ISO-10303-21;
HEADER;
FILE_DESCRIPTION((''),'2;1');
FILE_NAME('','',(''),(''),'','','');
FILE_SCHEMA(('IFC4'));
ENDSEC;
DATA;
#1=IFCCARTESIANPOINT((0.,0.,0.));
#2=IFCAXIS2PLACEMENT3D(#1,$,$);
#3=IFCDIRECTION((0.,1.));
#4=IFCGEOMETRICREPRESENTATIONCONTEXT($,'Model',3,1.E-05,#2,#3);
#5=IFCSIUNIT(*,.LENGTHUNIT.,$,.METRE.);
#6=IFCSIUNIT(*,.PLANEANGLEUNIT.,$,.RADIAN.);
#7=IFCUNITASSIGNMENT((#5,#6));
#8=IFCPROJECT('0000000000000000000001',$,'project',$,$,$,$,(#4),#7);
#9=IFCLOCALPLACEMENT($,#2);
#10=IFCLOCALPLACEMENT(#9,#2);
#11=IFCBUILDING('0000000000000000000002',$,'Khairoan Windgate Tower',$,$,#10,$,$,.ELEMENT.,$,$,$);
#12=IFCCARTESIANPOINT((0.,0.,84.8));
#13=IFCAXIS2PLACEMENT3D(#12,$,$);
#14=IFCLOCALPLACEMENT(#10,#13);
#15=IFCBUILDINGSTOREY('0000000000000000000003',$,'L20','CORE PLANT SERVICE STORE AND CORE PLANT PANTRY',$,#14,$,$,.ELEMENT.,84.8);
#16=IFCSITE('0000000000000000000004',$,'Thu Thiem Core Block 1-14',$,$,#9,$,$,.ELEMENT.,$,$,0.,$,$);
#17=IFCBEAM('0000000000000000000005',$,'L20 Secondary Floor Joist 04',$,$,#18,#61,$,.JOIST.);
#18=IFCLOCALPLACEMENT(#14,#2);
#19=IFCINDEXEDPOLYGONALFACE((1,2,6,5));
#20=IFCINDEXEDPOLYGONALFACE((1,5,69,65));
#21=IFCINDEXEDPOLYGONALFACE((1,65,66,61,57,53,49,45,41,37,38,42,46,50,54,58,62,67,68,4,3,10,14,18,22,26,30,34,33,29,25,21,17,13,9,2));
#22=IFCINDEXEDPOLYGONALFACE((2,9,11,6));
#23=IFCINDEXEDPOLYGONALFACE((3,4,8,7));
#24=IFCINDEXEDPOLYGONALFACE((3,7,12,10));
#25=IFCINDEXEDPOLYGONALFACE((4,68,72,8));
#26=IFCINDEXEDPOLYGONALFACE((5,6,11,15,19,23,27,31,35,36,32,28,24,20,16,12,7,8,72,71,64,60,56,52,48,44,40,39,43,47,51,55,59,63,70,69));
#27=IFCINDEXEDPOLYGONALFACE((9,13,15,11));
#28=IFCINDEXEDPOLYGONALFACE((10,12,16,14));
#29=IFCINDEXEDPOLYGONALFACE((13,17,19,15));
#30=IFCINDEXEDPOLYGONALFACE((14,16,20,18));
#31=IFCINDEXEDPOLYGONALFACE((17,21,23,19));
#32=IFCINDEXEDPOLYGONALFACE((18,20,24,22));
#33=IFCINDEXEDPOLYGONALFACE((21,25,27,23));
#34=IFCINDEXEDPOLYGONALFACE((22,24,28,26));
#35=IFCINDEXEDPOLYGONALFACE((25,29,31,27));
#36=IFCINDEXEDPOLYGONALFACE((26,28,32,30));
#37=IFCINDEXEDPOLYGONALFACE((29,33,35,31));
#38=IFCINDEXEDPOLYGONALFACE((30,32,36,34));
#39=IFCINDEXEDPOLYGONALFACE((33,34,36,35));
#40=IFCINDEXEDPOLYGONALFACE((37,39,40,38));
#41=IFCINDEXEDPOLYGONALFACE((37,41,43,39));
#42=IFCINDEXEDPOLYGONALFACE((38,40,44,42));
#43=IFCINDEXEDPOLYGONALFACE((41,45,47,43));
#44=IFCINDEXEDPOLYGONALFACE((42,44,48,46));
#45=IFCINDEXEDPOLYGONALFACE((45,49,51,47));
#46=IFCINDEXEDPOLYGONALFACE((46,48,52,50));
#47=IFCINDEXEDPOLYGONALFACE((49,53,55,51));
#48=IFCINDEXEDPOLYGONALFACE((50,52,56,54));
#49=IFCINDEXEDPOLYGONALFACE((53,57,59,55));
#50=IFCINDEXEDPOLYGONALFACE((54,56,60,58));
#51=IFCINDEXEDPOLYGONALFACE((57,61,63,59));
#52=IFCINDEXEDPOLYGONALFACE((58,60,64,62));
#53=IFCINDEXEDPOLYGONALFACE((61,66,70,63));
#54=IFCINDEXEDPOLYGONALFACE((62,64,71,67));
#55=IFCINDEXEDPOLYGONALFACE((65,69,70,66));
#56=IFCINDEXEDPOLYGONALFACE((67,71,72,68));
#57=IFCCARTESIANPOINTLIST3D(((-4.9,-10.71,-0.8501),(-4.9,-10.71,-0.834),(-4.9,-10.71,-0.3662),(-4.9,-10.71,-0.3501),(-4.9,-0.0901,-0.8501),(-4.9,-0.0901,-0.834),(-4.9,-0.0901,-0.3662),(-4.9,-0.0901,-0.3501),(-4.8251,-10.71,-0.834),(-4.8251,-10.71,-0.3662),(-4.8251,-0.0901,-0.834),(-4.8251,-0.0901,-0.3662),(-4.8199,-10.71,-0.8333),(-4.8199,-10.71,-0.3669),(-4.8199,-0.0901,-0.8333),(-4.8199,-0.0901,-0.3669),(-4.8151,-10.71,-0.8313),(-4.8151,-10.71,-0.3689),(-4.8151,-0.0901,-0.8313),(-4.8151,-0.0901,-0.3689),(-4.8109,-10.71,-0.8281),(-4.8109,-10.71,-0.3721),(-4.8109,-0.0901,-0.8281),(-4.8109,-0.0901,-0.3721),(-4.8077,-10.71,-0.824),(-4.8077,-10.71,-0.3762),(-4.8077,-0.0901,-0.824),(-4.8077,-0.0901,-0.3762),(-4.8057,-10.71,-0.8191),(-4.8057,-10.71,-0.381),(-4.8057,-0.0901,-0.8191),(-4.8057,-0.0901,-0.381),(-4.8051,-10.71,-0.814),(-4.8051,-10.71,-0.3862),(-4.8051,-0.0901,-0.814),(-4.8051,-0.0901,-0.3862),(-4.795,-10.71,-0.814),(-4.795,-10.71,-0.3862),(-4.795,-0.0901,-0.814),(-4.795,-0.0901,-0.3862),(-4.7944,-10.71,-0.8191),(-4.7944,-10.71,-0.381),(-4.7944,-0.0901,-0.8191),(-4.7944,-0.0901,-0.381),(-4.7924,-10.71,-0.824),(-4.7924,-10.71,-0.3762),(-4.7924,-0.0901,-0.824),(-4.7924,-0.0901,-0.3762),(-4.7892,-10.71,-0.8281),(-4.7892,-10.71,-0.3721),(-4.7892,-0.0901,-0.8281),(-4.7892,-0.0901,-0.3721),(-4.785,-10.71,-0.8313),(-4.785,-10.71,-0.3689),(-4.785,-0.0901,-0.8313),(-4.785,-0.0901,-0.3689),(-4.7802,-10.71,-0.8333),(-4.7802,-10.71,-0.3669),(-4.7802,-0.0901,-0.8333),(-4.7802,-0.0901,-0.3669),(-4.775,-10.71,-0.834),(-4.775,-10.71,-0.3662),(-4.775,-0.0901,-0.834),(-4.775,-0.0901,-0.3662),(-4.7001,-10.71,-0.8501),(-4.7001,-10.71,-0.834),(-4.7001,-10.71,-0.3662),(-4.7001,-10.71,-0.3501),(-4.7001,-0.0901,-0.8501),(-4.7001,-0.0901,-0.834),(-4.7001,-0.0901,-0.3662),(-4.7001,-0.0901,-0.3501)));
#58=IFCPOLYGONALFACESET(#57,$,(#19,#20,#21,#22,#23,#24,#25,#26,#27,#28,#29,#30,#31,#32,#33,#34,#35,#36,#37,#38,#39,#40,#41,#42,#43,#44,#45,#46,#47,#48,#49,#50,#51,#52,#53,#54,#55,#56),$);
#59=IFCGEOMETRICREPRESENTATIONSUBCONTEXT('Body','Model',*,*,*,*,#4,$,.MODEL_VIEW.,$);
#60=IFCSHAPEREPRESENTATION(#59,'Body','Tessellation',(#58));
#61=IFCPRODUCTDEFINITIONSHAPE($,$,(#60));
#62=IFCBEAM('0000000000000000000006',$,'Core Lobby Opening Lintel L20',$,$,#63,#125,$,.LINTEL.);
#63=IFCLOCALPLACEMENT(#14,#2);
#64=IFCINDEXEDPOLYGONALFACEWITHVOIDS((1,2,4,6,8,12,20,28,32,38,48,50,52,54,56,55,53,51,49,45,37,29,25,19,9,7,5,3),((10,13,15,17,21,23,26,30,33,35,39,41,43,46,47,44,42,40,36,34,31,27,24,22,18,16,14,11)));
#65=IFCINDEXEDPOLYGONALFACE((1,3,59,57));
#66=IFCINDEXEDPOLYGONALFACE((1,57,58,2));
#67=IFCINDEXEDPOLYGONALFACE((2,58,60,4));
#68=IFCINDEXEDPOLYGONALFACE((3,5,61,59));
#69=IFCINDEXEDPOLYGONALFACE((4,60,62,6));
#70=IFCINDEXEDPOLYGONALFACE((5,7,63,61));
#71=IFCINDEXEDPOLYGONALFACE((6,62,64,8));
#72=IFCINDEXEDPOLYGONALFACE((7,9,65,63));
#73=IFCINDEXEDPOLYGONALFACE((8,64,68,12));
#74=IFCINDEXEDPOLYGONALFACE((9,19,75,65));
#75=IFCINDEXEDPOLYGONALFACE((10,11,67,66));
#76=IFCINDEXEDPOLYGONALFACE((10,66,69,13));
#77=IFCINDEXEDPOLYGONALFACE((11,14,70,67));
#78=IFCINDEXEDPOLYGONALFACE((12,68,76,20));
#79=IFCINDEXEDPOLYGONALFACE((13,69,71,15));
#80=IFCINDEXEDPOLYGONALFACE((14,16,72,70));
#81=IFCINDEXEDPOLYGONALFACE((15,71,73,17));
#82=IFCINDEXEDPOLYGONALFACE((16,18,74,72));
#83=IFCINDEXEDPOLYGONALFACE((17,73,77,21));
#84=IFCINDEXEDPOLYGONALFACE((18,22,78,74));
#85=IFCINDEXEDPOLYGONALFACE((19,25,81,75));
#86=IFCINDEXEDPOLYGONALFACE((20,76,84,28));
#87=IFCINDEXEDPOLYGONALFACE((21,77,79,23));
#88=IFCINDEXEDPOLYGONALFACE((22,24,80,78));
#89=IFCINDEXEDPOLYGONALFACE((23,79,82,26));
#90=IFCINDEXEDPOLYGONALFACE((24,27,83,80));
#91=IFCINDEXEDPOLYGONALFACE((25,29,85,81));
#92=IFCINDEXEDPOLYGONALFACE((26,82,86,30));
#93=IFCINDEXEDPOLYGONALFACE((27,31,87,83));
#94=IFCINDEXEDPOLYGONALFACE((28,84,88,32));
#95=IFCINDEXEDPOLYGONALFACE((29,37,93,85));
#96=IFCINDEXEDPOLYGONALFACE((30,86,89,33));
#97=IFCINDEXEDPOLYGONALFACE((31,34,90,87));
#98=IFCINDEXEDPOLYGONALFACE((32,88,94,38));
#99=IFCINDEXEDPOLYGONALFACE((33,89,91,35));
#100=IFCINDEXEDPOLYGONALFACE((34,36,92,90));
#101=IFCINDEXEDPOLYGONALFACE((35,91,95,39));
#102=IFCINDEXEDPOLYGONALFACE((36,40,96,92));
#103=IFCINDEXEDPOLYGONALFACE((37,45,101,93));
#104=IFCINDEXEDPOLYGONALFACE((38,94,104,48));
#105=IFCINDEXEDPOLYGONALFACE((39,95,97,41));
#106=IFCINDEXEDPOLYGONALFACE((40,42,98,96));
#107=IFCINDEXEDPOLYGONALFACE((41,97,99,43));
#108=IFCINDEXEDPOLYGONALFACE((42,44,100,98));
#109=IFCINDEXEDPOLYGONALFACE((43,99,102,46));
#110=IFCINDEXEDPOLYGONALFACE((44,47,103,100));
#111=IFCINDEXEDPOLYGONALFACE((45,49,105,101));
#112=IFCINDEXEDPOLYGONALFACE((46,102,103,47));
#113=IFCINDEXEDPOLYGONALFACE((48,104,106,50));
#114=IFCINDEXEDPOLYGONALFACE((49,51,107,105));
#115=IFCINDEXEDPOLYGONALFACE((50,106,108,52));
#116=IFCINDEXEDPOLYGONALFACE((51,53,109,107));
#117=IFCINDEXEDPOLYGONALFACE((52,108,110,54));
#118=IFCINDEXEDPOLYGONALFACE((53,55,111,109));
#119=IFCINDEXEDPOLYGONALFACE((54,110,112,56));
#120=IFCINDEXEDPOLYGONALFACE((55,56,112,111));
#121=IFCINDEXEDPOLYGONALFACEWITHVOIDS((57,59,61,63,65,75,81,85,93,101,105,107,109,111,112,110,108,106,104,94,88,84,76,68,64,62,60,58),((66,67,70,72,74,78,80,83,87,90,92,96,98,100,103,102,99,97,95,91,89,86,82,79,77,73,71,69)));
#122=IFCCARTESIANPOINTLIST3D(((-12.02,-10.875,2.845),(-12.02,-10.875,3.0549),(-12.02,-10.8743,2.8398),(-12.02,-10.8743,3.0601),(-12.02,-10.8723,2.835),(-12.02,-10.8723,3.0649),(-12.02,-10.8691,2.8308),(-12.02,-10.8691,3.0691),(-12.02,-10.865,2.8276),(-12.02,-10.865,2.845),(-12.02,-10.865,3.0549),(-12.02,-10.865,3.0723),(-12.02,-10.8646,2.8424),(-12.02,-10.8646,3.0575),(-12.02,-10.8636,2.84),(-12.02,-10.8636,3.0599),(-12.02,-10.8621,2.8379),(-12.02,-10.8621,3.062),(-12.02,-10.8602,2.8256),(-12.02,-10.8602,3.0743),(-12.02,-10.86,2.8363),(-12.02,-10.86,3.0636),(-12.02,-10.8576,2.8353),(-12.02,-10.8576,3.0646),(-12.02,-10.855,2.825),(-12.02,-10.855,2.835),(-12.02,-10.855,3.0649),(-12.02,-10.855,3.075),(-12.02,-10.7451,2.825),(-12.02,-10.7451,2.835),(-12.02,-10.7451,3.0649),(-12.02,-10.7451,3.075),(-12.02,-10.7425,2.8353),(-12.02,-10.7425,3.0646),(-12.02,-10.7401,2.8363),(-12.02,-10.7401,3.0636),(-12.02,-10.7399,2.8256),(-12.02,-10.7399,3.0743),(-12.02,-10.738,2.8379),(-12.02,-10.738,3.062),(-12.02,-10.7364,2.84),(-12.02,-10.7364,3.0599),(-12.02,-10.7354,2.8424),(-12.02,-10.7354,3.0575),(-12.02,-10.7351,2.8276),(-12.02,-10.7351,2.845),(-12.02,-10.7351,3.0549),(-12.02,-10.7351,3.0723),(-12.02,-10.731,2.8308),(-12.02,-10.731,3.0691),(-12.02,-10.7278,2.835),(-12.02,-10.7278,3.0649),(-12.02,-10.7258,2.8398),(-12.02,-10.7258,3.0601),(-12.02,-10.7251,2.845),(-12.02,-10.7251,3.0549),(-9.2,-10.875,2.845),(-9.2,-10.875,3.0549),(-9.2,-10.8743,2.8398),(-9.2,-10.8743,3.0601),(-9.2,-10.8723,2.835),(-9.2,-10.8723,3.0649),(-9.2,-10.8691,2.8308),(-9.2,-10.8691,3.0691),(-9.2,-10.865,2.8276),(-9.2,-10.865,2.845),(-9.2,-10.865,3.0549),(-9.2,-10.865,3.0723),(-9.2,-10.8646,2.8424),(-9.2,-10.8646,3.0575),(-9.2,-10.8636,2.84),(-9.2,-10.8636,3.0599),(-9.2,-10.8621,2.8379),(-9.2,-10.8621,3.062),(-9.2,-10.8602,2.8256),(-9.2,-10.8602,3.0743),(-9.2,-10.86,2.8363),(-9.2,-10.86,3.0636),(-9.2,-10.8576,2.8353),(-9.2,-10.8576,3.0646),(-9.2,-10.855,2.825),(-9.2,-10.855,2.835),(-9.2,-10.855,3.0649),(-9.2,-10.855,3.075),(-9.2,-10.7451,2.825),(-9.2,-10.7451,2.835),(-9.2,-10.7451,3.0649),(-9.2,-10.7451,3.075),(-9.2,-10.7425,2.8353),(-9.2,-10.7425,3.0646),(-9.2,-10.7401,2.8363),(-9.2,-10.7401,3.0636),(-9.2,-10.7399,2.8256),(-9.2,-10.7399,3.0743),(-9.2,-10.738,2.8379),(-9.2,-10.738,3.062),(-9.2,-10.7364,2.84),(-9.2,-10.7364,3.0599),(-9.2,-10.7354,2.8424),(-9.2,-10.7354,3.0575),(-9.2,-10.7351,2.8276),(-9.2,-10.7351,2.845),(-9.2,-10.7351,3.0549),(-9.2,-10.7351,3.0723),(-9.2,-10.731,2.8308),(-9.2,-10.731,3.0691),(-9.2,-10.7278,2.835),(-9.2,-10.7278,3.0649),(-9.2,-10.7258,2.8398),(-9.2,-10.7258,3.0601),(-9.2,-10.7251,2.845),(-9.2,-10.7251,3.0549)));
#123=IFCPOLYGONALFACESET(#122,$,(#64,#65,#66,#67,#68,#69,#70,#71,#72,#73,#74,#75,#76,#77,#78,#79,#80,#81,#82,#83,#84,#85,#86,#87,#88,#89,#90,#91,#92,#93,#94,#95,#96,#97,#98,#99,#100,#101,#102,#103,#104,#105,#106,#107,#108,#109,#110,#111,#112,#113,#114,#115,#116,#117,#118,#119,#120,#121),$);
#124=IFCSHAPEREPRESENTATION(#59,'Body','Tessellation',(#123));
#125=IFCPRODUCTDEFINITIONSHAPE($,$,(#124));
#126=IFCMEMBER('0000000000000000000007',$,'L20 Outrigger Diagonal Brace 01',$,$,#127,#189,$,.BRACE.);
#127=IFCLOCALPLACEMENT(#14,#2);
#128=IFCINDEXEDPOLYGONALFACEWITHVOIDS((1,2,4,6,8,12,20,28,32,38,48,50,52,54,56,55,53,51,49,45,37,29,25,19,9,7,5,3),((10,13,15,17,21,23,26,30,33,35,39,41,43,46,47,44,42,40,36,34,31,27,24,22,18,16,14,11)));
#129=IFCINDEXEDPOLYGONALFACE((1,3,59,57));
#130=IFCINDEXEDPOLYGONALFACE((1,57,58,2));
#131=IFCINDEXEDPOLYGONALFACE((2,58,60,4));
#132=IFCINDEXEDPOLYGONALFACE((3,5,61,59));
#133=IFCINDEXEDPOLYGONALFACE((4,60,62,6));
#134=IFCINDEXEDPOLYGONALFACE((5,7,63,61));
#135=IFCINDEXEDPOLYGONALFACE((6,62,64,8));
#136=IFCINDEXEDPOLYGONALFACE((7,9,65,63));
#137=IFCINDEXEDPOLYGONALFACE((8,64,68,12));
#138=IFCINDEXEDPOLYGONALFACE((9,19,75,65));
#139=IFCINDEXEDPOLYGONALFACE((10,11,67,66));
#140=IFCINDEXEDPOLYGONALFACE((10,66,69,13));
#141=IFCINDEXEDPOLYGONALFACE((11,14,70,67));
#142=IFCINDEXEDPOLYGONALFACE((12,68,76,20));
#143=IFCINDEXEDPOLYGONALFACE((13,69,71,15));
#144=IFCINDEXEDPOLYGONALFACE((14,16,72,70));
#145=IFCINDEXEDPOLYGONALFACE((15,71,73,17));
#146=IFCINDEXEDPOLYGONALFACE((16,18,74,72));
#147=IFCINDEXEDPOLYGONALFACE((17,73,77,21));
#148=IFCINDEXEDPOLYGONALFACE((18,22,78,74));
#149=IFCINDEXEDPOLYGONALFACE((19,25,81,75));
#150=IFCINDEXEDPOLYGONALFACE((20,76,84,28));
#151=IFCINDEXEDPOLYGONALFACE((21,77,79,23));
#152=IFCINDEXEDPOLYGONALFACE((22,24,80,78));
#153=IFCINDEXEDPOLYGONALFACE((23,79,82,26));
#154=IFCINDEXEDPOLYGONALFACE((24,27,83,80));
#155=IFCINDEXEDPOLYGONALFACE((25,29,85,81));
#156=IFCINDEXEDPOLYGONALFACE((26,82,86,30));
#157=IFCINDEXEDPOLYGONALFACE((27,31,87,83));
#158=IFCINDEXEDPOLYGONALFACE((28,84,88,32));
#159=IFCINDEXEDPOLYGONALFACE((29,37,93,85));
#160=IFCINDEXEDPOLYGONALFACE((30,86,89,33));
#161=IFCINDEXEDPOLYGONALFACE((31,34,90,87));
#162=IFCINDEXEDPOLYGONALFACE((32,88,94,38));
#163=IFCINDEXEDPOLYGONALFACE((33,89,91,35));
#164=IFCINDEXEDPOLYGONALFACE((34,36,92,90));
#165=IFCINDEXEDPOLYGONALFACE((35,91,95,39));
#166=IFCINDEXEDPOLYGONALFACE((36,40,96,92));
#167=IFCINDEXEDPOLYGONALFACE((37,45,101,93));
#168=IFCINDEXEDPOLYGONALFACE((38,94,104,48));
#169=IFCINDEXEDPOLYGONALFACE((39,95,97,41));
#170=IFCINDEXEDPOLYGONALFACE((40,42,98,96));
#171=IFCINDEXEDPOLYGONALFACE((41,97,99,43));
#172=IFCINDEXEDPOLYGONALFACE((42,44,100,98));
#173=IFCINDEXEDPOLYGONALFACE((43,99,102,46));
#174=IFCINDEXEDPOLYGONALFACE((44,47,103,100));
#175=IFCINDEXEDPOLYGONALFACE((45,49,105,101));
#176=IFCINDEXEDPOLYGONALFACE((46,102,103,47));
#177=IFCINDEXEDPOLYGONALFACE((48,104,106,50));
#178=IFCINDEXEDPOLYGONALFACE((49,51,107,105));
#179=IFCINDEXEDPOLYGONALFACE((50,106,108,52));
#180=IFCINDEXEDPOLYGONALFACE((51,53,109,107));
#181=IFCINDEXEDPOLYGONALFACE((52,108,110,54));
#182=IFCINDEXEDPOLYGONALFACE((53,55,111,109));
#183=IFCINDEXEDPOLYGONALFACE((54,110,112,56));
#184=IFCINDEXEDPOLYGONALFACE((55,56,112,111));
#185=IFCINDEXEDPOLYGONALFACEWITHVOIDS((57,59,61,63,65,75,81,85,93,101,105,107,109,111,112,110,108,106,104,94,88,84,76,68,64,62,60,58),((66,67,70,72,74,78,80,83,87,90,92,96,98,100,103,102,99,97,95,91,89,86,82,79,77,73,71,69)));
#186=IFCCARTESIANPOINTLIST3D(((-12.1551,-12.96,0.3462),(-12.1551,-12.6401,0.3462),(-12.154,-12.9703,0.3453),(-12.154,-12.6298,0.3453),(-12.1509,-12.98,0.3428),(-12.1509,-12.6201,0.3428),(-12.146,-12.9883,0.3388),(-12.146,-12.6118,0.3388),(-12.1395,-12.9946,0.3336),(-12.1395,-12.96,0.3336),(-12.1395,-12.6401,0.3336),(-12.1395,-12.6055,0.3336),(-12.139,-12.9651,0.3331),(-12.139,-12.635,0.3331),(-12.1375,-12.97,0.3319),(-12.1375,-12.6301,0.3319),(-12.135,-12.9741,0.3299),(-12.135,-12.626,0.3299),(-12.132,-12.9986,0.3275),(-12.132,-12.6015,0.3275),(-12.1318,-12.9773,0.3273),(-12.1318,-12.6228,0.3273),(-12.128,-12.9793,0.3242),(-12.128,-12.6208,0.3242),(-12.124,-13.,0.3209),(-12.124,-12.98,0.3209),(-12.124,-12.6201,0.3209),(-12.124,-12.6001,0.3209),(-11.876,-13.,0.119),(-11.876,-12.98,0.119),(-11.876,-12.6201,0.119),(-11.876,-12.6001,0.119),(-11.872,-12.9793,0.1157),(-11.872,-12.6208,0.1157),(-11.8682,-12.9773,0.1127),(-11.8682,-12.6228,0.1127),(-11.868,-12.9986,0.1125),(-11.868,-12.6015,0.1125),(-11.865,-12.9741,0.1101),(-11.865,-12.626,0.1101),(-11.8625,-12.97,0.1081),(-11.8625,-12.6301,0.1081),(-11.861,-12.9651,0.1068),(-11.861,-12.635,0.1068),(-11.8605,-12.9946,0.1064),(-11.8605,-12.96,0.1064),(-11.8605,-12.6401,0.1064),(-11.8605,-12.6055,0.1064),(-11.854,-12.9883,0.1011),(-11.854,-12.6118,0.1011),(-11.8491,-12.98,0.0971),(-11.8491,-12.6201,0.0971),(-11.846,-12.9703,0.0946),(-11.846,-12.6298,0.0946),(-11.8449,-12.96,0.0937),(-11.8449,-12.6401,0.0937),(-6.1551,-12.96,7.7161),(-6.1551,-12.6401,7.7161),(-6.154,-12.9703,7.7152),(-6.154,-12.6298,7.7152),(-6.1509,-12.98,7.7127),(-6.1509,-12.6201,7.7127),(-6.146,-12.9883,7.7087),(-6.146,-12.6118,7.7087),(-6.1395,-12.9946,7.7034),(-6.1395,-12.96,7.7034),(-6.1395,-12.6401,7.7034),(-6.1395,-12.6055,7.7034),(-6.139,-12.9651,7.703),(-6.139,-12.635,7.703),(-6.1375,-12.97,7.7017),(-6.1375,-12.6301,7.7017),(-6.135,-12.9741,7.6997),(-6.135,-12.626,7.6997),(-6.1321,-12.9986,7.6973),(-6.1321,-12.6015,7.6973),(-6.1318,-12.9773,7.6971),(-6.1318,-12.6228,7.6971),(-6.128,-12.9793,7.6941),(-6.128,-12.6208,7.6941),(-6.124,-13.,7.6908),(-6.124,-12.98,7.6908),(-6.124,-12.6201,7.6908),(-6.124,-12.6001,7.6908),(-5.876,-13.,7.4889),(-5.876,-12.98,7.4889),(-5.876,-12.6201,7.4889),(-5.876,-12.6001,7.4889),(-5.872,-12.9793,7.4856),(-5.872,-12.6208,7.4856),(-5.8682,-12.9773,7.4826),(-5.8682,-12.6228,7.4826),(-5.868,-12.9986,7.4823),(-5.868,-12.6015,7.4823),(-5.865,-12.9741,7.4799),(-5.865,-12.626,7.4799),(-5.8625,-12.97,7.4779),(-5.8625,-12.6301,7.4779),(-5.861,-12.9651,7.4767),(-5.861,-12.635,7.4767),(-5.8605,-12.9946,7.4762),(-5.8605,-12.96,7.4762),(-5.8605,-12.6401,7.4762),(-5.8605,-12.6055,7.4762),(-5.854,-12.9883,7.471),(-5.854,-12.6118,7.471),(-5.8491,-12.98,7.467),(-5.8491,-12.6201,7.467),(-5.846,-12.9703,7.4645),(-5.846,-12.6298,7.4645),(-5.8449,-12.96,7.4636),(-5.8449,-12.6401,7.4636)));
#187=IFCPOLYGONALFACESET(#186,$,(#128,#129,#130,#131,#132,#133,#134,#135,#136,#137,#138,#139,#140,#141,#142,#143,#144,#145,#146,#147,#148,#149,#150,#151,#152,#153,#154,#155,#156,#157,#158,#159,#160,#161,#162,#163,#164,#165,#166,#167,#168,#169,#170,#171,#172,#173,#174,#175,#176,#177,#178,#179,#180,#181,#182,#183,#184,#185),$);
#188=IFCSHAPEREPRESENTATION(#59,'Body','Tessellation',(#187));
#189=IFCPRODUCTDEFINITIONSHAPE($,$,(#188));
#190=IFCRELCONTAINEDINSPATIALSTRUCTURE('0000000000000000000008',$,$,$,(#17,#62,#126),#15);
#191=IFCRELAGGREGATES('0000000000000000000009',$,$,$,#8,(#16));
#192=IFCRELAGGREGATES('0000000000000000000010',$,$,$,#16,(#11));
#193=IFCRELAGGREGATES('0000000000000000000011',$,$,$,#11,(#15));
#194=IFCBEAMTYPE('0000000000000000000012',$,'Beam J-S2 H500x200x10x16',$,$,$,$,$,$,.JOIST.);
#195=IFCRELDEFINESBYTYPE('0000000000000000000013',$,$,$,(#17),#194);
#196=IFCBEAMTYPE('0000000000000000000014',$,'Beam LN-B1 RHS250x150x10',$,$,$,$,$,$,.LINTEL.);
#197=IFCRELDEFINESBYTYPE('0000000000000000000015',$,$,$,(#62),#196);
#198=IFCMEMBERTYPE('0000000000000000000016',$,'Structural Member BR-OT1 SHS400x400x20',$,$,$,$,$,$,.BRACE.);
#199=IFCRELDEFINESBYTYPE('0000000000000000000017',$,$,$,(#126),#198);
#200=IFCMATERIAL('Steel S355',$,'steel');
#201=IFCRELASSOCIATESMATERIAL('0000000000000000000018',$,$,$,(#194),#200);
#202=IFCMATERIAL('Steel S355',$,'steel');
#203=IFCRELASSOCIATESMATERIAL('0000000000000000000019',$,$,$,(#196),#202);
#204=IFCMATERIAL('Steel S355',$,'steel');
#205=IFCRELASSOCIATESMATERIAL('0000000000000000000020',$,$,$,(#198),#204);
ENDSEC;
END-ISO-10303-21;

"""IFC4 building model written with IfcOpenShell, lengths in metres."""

from ifc_helpers import new_model, si_unit, direction, frame, origin, origin_2d, place, context, subcontext, project, spatial, hollow_rectangle, i_section, extrude, material, material_profile, profile_set, type_object, element, save


model = new_model("IFC4")

# Units and contexts
model_context = context("Model", 3, precision=1e-05, world=origin(), true_north=direction((0.0, 1.0)))
body_context = subcontext(model_context, "Body", "Model", "MODEL_VIEW")
ifc_project = project(units=[si_unit("LENGTHUNIT", "METRE"), si_unit("PLANEANGLEUNIT", "RADIAN")], contexts=[model_context])

# Site, building, storey
site_placement = place(None, origin())
site = spatial("IfcSite", under=ifc_project, at=site_placement, Name="Thu Thiem Core Block 1-14", CompositionType="ELEMENT", RefElevation=0.0)
building_placement = place(site_placement, origin())
building = spatial("IfcBuilding", under=site, at=building_placement, Name="Khairoan Windgate Tower", CompositionType="ELEMENT")
storey_placement = place(building_placement, frame((0.0, 0.0, 84.8)))
storey = spatial("IfcBuildingStorey", under=building, at=storey_placement, Name="L20", Description="CORE PLANT SERVICE STORE AND CORE PLANT PANTRY", CompositionType="ELEMENT", Elevation=84.8)

# Beams
ifc_material_1 = material(Name="Steel S355", Category="steel")
ifc_material_profile_1 = material_profile(ifc_material_1, i_section(OverallWidth=0.2, OverallDepth=0.5, WebThickness=0.01, FlangeThickness=0.0161, FilletRadius=0.02, at=origin_2d()))
ifc_profile_set_1 = profile_set([ifc_material_profile_1], Name="Steel S355")
beam_type_1 = type_object("IfcBeamType", Name="Beam J-S2 H500x200x10x16", PredefinedType="JOIST", material=ifc_profile_set_1)
beam_1_placement = place(storey_placement, frame((-4.8, -10.71, -0.6001), z_axis=(0.0, 1.0, 0.0), x_axis=(-1.0, 0.0, 0.0)))
element("IfcBeam", 1, at=beam_1_placement, inside=storey, type_object=beam_type_1, Name="L20 Secondary Floor Joist 04", PredefinedType="JOIST", context=body_context, shape_type="SweptSolid", body=[
    extrude(i_section(OverallWidth=0.2, OverallDepth=0.5, WebThickness=0.01, FlangeThickness=0.0161, FilletRadius=0.02, at=origin_2d()), origin(), (0.0, 0.0, 1.0), 10.6199),
])
ifc_material_2 = material(Name="Steel S355", Category="steel")
ifc_material_profile_2 = material_profile(ifc_material_2, hollow_rectangle(XDim=0.1499, YDim=0.25, WallThickness=0.01, InnerFilletRadius=0.01, OuterFilletRadius=0.02, at=origin_2d()))
ifc_profile_set_2 = profile_set([ifc_material_profile_2], Name="Steel S355")
beam_type_2 = type_object("IfcBeamType", Name="Beam LN-B1 RHS250x150x10", PredefinedType="LINTEL", material=ifc_profile_set_2)
beam_2_placement = place(storey_placement, frame((-12.02, -10.8, 2.95), z_axis=(1.0, 0.0, 0.0), x_axis=(0.0, 1.0, 0.0)))
element("IfcBeam", 2, at=beam_2_placement, inside=storey, type_object=beam_type_2, Name="Core Lobby Opening Lintel L20", PredefinedType="LINTEL", context=body_context, shape_type="SweptSolid", body=[
    extrude(hollow_rectangle(XDim=0.1499, YDim=0.25, WallThickness=0.01, InnerFilletRadius=0.01, OuterFilletRadius=0.02, at=origin_2d()), origin(), (0.0, 0.0, 1.0), 2.8201),
])

# Member
ifc_material_3 = material(Name="Steel S355", Category="steel")
ifc_material_profile_3 = material_profile(ifc_material_3, hollow_rectangle(XDim=0.3999, YDim=0.3999, WallThickness=0.02, InnerFilletRadius=0.02, OuterFilletRadius=0.04, at=origin_2d()))
ifc_profile_set_3 = profile_set([ifc_material_profile_3], Name="Steel S355")
member_type_1 = type_object("IfcMemberType", Name="Structural Member BR-OT1 SHS400x400x20", PredefinedType="BRACE", material=ifc_profile_set_3)
for number, where, z_axis, x_axis, name in (
    (3, (-12.0, -12.8, 0.22), (0.631352, 0.0, 0.775497), (0.0, 1.0, 0.0), "L20 Outrigger Diagonal Brace 01"),
):
    element("IfcMember", number, at=place(storey_placement, frame(where, z_axis=z_axis, x_axis=x_axis)), inside=storey, type_object=member_type_1, Name=name, PredefinedType="BRACE", context=body_context, shape_type="SweptSolid", body=[
        extrude(hollow_rectangle(XDim=0.3999, YDim=0.3999, WallThickness=0.02, InnerFilletRadius=0.02, OuterFilletRadius=0.04, at=origin_2d()), origin(), (0.0, 0.0, 1.0), 9.5034),
    ])

save(model, "model.ifc")
